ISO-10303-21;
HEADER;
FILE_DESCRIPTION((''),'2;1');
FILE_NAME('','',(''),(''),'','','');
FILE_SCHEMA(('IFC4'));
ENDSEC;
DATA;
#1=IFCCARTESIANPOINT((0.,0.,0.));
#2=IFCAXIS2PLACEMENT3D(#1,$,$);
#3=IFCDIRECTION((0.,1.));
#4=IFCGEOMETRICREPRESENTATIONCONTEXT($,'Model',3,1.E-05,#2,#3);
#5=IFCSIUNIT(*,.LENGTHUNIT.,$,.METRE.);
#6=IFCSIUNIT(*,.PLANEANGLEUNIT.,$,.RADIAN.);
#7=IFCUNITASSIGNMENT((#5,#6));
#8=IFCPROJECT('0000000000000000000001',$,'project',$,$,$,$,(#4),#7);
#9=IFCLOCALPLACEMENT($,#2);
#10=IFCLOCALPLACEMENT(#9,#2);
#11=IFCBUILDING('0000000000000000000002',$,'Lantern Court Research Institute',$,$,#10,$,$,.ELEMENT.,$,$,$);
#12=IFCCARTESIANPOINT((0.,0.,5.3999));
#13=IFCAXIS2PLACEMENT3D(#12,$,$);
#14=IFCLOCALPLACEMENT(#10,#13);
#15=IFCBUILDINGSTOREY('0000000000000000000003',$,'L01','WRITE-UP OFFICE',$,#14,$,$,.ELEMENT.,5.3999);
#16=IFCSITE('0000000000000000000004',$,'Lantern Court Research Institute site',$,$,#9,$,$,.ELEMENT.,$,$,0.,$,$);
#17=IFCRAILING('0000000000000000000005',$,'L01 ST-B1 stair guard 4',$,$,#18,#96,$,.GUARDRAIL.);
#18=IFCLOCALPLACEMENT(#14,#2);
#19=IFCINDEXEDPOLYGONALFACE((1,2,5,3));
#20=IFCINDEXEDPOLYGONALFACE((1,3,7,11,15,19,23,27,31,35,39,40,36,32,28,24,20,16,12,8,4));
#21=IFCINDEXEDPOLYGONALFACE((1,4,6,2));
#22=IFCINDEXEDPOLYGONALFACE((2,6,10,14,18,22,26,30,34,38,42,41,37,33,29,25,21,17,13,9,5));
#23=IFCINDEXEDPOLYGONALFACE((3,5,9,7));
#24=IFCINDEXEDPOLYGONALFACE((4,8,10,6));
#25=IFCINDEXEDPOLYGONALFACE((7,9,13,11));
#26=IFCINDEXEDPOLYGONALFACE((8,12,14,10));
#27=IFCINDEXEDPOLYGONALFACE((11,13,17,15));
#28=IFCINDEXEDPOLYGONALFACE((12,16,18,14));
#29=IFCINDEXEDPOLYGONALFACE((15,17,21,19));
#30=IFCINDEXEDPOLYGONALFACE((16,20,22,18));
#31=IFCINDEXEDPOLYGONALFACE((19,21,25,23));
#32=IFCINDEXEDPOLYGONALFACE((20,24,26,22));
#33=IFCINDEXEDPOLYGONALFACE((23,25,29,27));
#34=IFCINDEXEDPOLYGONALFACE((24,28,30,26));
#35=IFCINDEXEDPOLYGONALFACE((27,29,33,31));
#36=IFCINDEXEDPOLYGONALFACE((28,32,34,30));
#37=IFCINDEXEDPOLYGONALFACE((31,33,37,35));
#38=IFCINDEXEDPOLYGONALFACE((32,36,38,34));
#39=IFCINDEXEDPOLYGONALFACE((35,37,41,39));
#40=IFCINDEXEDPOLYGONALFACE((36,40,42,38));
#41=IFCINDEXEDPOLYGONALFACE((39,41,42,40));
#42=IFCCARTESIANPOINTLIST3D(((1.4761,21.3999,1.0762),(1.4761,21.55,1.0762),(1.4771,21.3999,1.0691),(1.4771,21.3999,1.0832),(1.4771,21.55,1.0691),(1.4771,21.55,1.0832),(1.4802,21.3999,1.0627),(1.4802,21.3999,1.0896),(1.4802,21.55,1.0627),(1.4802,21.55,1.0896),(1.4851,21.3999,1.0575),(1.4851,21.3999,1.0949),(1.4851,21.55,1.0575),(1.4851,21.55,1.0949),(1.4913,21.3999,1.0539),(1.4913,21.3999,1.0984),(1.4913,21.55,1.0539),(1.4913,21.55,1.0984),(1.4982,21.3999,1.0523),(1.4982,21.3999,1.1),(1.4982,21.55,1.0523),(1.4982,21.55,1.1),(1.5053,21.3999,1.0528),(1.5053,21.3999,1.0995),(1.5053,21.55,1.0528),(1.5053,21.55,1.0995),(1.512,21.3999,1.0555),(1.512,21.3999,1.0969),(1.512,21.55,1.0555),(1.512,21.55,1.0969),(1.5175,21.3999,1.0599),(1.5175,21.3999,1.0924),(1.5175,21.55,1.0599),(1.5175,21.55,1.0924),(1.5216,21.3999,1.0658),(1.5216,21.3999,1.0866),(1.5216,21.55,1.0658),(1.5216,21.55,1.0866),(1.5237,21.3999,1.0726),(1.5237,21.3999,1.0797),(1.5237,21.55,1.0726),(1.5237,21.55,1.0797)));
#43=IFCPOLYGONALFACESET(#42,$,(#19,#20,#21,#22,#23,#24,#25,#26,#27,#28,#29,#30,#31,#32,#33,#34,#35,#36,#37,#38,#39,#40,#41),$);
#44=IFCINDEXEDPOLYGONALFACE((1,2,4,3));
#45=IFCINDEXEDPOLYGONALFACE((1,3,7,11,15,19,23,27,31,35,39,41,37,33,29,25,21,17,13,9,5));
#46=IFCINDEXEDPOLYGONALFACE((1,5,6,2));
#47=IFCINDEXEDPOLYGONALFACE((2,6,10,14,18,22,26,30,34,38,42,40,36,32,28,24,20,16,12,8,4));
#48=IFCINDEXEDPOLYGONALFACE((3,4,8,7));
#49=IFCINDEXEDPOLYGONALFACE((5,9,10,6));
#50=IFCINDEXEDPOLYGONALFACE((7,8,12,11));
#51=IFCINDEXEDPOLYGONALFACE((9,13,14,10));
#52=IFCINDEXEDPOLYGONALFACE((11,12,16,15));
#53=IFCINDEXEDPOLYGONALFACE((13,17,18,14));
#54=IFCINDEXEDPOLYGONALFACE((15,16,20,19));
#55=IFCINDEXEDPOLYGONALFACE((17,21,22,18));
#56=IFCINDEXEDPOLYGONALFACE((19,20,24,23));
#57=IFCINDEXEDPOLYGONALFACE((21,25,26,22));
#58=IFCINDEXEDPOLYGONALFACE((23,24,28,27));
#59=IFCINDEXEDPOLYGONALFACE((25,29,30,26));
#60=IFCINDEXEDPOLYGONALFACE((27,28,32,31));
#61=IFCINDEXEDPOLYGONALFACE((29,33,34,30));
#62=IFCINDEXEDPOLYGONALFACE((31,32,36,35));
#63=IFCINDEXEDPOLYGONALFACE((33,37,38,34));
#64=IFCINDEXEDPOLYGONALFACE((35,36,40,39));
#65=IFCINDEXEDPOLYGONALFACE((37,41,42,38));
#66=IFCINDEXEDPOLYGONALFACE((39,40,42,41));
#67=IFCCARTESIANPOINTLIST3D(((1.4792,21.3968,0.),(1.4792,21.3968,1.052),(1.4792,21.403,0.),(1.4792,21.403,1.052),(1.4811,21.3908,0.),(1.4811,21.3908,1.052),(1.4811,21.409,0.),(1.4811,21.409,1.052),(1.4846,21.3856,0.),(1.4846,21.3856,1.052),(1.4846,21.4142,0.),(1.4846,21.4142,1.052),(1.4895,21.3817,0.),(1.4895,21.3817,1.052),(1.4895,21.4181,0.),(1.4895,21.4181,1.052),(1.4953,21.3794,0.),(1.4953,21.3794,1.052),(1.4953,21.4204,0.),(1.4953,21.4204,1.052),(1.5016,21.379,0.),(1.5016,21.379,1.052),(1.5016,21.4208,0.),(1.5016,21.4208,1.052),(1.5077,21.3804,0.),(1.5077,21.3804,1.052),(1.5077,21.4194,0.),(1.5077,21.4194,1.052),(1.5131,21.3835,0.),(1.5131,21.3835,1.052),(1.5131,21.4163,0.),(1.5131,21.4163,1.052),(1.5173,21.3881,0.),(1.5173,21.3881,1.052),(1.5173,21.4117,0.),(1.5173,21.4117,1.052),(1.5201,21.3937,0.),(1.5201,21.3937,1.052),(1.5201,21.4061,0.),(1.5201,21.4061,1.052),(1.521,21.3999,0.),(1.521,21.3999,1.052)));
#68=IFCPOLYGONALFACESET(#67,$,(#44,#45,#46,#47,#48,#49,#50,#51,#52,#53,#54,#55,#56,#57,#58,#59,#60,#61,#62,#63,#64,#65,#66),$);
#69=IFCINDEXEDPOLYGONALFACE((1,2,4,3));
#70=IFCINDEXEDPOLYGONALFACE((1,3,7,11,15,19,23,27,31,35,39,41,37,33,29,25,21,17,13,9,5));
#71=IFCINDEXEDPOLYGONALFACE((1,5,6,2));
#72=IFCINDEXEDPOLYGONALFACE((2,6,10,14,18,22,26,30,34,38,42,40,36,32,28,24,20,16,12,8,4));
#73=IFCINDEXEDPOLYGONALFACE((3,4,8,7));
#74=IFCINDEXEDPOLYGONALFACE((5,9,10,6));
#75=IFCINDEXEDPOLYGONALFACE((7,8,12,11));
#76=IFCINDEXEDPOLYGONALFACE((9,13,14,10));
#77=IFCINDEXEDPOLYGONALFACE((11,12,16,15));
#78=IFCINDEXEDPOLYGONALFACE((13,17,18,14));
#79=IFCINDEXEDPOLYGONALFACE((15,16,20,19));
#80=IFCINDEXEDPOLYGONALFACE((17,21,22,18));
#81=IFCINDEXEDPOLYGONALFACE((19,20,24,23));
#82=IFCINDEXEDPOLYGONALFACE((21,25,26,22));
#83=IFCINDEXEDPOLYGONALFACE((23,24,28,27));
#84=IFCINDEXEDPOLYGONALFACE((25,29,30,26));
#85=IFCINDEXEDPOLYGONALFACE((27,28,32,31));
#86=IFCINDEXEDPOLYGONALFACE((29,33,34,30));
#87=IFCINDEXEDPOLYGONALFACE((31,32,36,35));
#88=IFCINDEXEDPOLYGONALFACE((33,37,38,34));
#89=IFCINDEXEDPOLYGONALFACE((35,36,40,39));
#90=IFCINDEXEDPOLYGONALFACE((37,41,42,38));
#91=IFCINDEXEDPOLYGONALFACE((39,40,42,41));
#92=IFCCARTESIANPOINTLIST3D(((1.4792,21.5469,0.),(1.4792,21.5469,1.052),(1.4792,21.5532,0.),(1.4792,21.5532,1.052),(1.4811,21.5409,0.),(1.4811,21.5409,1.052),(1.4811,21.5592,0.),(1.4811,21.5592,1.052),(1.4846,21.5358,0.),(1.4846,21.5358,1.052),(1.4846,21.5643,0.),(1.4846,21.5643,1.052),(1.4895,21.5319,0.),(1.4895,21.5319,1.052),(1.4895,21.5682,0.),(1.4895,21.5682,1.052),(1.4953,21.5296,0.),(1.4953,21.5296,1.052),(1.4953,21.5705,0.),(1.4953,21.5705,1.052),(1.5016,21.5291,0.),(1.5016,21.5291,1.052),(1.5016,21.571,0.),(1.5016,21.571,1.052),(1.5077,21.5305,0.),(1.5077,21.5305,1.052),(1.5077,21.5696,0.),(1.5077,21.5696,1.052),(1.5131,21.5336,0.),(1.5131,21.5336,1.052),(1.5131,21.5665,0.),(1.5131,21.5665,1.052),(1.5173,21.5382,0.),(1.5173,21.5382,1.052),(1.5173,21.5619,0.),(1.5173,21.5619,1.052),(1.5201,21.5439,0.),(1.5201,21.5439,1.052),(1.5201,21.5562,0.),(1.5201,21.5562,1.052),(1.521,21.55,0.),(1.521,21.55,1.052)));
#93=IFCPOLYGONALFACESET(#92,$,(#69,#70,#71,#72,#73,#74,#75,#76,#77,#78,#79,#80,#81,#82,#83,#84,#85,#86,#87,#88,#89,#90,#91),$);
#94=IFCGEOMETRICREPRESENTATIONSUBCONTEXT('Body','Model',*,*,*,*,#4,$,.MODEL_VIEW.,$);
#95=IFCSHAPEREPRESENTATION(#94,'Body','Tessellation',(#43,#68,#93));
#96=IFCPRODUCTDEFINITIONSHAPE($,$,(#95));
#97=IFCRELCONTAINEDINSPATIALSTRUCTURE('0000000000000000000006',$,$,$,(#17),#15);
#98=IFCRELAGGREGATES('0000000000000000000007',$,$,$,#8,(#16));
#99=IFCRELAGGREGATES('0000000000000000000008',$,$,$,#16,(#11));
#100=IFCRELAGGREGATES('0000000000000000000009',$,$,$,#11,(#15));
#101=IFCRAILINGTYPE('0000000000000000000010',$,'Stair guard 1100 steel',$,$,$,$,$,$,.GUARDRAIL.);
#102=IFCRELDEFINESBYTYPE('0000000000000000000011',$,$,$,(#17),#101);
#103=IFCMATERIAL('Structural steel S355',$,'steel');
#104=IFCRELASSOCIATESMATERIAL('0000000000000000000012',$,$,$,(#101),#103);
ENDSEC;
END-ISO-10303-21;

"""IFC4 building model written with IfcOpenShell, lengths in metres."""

from ifc_helpers import new_model, si_unit, direction, frame, origin, origin_2d, place, context, subcontext, project, spatial, circle, extrude, material, type_object, element, save


model = new_model("IFC4")

# Units and contexts
model_context = context("Model", 3, precision=1e-05, world=origin(), true_north=direction((0.0, 1.0)))
body_context = subcontext(model_context, "Body", "Model", "MODEL_VIEW")
ifc_project = project(units=[si_unit("LENGTHUNIT", "METRE"), si_unit("PLANEANGLEUNIT", "RADIAN")], contexts=[model_context])

# Site, building, storey
site_placement = place(None, origin())
site = spatial("IfcSite", under=ifc_project, at=site_placement, Name="Lantern Court Research Institute site", CompositionType="ELEMENT", RefElevation=0.0)
building_placement = place(site_placement, origin())
building = spatial("IfcBuilding", under=site, at=building_placement, Name="Lantern Court Research Institute", CompositionType="ELEMENT")
storey_placement = place(building_placement, frame((0.0, 0.0, 5.3999)))
storey = spatial("IfcBuildingStorey", under=building, at=storey_placement, Name="L01", Description="WRITE-UP OFFICE", CompositionType="ELEMENT", Elevation=5.3999)

# Railing
ifc_material_1 = material(Name="Structural steel S355", Category="steel")
railing_type_1 = type_object("IfcRailingType", Name="Stair guard 1100 steel", PredefinedType="GUARDRAIL", material=ifc_material_1)
railing_1_placement = place(storey_placement, frame((1.5, 21.3999, 0.0)))
element("IfcRailing", 1, at=railing_1_placement, inside=storey, type_object=railing_type_1, Name="L01 ST-B1 stair guard 4", PredefinedType="GUARDRAIL", context=body_context, shape_type="SweptSolid", body=[
    extrude(circle(Radius=0.0239, at=origin_2d()), frame((0.0, 0.0, 1.0762), z_axis=(0.0, 1.0, 0.0), x_axis=(-1.0, 0.0, 0.0)), (0.0, 0.0, 1.0), 0.1501),
    extrude(circle(Radius=0.021, at=origin_2d()), origin(), (0.0, 0.0, 1.0), 1.052),
    extrude(circle(Radius=0.021, at=origin_2d()), frame((0.0, 0.1501, 0.0)), (0.0, 0.0, 1.0), 1.052),
])

save(model, "model.ifc")
